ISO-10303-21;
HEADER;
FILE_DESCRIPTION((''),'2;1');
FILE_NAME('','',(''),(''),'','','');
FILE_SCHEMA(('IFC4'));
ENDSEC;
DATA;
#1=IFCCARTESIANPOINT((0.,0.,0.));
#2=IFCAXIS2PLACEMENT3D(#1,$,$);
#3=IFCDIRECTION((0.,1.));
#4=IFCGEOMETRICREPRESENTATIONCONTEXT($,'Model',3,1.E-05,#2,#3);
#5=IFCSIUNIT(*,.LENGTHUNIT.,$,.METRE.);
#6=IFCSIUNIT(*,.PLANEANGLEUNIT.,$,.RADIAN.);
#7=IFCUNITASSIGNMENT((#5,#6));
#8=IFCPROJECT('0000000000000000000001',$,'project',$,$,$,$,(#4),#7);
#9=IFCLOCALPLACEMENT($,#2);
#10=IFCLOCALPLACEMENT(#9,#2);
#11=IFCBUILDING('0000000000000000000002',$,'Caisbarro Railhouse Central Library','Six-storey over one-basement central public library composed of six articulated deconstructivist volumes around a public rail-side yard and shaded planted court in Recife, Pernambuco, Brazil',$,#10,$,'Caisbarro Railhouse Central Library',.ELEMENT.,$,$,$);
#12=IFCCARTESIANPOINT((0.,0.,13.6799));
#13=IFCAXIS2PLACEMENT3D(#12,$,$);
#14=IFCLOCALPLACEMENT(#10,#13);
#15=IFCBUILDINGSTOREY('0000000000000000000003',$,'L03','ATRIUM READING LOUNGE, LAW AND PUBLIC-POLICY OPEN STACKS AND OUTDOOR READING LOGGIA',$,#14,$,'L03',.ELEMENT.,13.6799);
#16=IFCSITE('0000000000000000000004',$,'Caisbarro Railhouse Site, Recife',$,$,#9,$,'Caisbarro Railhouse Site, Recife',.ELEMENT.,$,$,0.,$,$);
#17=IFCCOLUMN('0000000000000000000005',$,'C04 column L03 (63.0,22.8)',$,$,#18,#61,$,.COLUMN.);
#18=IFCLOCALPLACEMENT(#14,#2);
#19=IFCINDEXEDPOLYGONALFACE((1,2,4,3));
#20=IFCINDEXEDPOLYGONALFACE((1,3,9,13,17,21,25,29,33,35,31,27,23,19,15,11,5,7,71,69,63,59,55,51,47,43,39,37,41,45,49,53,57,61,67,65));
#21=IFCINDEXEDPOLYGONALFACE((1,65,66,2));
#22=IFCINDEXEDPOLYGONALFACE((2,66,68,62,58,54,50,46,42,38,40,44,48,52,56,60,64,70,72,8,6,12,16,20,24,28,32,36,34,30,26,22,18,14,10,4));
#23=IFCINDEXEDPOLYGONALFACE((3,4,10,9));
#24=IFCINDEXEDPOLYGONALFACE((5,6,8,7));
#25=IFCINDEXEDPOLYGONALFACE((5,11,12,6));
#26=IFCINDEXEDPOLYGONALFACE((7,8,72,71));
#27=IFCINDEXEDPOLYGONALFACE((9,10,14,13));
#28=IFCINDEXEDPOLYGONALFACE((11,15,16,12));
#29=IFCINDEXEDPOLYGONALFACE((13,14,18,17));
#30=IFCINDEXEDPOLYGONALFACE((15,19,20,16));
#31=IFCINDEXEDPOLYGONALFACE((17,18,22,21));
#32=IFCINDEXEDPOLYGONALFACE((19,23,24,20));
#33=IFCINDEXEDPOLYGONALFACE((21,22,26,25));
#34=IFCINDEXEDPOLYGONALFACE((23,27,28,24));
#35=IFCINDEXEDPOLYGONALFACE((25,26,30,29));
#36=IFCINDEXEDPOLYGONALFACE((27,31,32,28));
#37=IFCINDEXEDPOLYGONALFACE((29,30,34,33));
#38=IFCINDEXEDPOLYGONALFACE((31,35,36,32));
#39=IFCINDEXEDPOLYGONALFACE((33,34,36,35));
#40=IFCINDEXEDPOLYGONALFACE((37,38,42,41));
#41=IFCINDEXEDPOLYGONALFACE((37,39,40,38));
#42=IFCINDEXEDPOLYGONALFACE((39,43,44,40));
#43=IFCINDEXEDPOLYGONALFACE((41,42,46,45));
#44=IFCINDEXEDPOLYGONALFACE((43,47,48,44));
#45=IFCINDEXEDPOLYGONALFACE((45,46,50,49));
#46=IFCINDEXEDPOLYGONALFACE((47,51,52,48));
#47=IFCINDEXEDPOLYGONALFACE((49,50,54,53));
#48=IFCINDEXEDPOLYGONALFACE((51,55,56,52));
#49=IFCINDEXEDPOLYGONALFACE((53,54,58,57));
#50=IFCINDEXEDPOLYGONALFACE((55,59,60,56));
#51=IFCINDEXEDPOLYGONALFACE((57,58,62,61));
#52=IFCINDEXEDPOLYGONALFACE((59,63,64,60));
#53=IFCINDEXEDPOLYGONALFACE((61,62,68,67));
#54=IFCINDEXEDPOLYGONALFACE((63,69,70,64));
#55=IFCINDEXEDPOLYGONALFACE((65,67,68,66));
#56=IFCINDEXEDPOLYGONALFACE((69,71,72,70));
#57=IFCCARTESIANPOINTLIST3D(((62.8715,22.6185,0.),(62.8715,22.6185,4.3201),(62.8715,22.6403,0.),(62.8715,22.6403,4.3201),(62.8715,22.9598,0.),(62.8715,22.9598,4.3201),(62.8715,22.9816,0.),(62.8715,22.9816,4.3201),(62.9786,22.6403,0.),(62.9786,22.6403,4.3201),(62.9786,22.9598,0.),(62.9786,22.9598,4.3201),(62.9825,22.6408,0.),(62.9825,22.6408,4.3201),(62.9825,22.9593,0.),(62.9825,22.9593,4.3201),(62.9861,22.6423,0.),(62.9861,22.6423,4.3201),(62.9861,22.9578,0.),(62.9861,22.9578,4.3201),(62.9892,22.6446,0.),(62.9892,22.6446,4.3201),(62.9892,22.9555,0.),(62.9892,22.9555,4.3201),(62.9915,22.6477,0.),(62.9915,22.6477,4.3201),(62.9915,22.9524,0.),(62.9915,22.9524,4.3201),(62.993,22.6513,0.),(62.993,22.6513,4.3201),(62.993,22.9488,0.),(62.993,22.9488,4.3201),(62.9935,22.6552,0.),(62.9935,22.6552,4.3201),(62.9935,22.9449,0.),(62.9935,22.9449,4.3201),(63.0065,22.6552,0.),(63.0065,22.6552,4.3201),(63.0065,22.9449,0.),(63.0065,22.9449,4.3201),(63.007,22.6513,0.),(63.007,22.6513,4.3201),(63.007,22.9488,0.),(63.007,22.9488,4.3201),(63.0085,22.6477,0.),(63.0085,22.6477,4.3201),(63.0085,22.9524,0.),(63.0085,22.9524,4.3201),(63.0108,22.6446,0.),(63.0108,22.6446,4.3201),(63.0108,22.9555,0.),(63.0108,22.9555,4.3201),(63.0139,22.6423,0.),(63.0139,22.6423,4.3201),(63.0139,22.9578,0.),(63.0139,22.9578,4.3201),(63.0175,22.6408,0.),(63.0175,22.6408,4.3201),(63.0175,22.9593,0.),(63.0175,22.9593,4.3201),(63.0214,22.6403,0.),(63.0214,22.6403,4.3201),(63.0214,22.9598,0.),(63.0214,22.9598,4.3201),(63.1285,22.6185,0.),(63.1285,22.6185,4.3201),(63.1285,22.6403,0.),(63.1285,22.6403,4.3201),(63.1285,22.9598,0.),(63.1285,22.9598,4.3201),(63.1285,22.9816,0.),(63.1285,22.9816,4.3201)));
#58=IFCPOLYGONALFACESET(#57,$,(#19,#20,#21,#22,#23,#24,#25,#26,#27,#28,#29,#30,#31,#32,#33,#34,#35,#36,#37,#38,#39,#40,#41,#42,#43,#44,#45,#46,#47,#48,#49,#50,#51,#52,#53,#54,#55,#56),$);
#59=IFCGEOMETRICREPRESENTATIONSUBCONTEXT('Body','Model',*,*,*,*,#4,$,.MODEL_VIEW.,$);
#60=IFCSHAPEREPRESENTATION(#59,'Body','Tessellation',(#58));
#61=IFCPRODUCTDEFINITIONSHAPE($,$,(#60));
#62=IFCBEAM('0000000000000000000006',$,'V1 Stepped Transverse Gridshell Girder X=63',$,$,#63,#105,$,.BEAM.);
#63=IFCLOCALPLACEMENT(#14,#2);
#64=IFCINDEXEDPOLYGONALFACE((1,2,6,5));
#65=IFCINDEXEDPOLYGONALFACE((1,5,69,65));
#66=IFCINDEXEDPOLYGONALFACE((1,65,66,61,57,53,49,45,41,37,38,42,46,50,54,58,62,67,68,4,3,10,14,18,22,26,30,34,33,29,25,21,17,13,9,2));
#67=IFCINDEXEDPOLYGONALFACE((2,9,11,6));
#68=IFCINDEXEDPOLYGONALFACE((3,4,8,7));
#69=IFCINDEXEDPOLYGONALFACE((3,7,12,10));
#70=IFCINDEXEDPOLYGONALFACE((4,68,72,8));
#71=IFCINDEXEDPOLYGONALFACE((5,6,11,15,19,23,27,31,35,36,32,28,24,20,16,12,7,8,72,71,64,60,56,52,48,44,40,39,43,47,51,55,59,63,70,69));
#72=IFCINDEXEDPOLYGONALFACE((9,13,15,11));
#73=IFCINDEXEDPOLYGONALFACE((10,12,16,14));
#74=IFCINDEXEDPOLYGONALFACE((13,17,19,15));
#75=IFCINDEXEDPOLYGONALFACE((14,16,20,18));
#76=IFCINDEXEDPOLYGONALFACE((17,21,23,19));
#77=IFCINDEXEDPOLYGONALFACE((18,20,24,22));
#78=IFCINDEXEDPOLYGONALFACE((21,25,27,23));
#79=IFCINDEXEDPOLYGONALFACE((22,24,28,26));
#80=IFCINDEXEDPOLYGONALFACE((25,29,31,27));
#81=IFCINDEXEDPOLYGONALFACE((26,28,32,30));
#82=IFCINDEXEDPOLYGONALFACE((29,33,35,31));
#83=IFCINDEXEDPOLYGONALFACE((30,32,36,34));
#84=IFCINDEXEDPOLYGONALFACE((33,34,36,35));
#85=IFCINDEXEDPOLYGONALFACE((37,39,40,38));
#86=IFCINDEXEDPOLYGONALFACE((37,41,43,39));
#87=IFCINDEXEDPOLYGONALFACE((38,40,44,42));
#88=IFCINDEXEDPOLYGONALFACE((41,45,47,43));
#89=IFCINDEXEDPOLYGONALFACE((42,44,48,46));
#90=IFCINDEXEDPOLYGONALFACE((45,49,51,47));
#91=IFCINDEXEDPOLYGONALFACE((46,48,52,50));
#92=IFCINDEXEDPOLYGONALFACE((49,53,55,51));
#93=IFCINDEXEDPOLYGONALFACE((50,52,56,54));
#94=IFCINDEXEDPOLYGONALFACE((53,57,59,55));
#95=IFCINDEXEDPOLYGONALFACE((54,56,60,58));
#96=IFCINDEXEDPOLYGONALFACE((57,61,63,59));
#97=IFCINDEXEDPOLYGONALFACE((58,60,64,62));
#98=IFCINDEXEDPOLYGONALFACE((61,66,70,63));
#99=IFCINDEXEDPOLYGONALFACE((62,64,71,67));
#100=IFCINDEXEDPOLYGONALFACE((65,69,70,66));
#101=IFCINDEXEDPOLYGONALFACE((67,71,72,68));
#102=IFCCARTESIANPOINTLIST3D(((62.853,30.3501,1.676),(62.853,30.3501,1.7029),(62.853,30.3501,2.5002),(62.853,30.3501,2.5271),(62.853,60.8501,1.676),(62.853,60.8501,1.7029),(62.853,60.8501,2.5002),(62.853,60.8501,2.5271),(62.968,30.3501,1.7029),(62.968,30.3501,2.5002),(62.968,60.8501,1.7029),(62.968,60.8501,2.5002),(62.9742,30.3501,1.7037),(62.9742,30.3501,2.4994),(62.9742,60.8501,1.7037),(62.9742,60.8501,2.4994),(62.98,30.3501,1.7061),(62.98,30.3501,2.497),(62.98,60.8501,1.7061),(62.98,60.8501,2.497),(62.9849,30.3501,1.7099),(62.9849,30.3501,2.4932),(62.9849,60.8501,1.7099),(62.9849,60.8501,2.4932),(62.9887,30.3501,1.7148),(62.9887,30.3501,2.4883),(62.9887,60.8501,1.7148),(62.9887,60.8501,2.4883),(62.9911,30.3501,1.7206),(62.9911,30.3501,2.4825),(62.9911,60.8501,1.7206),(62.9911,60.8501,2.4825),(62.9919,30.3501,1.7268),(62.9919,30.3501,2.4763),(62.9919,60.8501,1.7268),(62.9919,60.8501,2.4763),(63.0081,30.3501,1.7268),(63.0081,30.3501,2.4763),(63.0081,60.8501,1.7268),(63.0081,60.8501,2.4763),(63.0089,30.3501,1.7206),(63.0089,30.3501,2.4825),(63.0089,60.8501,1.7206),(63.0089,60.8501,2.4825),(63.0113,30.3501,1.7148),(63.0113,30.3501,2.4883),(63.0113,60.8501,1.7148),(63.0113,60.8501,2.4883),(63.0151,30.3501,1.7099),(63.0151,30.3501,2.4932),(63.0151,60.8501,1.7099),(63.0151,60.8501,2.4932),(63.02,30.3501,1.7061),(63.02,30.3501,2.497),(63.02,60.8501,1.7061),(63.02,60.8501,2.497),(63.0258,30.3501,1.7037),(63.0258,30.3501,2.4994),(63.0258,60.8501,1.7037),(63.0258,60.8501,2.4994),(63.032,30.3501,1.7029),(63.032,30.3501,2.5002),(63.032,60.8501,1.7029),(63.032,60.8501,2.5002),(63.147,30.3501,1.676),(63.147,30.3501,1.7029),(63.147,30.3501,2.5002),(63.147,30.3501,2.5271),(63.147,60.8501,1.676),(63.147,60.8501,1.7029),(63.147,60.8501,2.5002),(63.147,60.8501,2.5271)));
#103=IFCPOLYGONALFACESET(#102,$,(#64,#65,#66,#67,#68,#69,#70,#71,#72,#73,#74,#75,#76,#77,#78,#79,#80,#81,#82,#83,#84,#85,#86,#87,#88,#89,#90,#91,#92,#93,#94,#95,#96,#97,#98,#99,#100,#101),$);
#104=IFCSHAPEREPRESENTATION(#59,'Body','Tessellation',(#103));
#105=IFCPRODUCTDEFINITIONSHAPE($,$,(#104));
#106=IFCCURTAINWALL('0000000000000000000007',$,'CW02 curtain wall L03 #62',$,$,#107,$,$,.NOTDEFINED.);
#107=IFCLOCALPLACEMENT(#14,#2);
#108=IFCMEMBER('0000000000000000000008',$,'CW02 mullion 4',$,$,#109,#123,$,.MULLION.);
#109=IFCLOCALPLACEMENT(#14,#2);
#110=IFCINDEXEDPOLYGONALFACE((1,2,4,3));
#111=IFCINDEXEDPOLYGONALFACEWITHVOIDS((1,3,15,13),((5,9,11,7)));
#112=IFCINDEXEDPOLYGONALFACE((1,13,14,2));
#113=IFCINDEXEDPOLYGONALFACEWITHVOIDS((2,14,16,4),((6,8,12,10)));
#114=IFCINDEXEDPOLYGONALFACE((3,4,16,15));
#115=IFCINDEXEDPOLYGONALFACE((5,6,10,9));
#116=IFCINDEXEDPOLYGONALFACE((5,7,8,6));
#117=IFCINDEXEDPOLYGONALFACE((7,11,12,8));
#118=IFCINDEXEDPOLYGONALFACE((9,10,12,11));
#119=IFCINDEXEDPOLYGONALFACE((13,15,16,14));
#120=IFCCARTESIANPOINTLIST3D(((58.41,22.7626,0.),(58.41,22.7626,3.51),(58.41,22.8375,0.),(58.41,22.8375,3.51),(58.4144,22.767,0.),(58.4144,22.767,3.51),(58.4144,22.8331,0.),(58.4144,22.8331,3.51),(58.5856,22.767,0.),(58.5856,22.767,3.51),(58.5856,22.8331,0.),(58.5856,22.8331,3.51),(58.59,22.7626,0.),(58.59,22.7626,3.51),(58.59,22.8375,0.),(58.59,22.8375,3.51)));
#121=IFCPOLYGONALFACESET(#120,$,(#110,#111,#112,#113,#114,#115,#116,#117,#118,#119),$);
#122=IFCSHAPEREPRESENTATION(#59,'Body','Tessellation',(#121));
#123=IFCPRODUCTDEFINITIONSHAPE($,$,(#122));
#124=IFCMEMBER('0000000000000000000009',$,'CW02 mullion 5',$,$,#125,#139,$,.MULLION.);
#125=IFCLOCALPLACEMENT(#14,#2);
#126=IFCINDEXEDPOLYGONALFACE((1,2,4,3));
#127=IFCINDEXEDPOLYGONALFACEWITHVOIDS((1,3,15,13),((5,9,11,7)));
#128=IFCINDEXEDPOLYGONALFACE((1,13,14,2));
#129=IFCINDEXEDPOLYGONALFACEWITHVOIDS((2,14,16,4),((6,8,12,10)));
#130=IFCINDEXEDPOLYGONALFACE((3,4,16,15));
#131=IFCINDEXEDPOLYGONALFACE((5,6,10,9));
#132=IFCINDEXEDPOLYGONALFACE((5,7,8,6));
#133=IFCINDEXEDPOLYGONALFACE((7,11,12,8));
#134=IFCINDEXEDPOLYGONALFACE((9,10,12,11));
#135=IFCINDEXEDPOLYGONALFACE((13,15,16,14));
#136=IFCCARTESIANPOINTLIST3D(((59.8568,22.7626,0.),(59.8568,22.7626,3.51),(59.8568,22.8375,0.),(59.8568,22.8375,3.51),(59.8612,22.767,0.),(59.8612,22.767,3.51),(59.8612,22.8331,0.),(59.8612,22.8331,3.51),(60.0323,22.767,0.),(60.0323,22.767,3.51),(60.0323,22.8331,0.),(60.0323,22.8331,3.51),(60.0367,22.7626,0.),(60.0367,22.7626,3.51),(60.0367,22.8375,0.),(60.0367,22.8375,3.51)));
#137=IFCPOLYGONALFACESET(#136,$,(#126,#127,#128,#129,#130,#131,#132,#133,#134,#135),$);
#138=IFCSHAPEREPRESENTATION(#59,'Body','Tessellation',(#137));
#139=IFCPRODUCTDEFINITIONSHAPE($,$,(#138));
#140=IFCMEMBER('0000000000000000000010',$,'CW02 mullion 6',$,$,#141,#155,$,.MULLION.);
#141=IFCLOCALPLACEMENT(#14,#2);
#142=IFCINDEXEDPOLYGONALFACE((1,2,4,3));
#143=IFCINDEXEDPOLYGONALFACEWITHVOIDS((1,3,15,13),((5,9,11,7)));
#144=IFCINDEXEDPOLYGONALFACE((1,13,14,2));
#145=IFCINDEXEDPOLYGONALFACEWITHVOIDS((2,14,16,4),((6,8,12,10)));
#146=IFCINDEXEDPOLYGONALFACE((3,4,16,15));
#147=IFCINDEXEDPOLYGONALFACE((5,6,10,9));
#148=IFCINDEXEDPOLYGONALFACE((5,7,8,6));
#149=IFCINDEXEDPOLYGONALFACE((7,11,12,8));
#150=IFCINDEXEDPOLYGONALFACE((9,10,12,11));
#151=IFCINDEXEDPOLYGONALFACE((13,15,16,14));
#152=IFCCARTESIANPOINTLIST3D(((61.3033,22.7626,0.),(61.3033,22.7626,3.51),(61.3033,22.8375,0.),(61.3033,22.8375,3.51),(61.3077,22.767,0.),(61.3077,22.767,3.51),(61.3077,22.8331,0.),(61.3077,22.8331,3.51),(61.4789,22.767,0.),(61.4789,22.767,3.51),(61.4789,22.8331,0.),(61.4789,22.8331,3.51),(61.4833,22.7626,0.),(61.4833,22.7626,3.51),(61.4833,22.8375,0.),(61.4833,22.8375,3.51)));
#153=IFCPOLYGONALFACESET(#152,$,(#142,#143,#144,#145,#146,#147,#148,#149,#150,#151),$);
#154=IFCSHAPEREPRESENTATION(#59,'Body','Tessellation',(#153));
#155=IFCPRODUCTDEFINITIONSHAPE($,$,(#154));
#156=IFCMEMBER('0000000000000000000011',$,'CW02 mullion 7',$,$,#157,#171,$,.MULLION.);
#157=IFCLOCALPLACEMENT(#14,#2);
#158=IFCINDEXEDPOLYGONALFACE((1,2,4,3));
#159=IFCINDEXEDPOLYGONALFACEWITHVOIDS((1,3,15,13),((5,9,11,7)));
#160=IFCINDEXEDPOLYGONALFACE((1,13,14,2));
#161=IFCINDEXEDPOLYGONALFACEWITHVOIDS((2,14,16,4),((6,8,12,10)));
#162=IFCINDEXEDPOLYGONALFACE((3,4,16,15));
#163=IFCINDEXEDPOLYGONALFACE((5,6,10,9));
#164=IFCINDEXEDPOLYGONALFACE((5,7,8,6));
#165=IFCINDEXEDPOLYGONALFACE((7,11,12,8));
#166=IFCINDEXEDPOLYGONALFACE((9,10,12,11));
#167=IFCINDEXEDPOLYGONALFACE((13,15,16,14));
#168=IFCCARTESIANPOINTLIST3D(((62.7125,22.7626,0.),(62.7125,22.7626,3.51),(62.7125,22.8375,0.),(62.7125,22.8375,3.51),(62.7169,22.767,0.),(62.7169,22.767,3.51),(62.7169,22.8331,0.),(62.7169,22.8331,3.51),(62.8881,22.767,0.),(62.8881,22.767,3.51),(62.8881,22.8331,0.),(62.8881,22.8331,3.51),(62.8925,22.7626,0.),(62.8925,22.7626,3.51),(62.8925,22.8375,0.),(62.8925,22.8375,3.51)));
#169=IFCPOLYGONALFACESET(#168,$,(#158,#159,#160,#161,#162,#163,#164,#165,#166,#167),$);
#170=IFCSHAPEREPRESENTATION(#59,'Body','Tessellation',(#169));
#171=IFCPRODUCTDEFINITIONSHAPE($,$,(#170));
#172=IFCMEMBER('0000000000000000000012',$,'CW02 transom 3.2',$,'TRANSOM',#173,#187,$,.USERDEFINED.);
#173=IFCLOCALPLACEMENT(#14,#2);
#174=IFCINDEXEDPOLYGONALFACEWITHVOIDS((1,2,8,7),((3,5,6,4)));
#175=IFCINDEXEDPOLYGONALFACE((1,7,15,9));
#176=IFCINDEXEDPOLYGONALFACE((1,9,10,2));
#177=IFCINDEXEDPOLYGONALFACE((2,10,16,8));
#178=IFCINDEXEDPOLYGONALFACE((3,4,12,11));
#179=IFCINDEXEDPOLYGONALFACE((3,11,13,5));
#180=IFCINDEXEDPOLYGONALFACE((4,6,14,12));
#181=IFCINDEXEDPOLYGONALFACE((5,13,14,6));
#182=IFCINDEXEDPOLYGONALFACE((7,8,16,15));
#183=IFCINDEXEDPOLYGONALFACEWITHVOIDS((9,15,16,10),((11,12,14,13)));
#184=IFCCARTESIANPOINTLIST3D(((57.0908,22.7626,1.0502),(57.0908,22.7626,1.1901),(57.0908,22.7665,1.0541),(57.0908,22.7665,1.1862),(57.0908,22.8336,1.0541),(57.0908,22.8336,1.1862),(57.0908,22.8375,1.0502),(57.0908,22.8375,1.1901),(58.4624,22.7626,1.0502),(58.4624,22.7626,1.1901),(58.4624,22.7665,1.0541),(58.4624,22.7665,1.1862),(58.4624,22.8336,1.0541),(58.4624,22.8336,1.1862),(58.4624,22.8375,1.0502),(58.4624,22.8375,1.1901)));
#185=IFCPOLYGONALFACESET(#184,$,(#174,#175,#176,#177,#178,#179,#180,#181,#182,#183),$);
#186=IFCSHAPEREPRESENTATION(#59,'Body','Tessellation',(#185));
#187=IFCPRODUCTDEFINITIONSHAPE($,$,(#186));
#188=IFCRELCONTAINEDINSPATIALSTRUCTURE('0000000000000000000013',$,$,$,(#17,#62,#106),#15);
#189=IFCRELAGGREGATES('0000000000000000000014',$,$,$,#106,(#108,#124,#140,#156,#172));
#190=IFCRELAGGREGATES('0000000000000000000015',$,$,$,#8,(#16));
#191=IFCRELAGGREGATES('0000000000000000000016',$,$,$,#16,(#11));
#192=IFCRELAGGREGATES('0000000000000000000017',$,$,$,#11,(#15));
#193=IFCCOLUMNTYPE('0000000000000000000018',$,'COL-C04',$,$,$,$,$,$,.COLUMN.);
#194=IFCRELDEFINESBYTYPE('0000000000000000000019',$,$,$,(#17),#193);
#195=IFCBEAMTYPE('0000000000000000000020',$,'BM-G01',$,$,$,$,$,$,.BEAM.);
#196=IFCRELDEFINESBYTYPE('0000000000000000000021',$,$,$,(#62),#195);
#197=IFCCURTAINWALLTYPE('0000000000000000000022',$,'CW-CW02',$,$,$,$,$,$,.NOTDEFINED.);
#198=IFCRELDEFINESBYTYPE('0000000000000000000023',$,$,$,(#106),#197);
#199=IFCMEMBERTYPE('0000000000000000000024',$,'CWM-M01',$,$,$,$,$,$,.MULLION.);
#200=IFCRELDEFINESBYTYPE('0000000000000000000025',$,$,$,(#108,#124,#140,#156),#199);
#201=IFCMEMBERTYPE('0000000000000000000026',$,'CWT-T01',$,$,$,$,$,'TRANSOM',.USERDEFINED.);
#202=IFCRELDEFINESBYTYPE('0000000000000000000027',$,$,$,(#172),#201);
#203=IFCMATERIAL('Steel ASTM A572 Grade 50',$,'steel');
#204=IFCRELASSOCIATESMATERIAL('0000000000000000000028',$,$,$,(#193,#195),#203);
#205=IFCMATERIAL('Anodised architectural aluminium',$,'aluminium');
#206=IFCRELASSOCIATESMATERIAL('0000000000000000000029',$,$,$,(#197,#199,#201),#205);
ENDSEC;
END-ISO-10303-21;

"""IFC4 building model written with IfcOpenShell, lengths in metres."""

from ifc_helpers import new_model, si_unit, direction, frame, origin, origin_2d, place, context, subcontext, project, spatial, hollow_rectangle, i_section, extrude, material, material_profile, profile_set, type_object, element, aggregate, save


model = new_model("IFC4")

# Units and contexts
model_context = context("Model", 3, precision=1e-05, world=origin(), true_north=direction((0.0, 1.0)))
body_context = subcontext(model_context, "Body", "Model", "MODEL_VIEW")
ifc_project = project(units=[si_unit("LENGTHUNIT", "METRE"), si_unit("PLANEANGLEUNIT", "RADIAN")], contexts=[model_context])

# Site, building, storey
site_placement = place(None, origin())
site = spatial("IfcSite", under=ifc_project, at=site_placement, Name="Caisbarro Railhouse Site, Recife", LongName="Caisbarro Railhouse Site, Recife", CompositionType="ELEMENT", RefElevation=0.0)
building_placement = place(site_placement, origin())
building = spatial("IfcBuilding", under=site, at=building_placement, Name="Caisbarro Railhouse Central Library", Description="Six-storey over one-basement central public library composed of six articulated deconstructivist volumes around a public rail-side yard and shaded planted court in Recife, Pernambuco, Brazil", LongName="Caisbarro Railhouse Central Library", CompositionType="ELEMENT")
storey_placement = place(building_placement, frame((0.0, 0.0, 13.6799)))
storey = spatial("IfcBuildingStorey", under=building, at=storey_placement, Name="L03", Description="ATRIUM READING LOUNGE, LAW AND PUBLIC-POLICY OPEN STACKS AND OUTDOOR READING LOGGIA", LongName="L03", CompositionType="ELEMENT", Elevation=13.6799)

# Column
ifc_material_1 = material(Name="Steel ASTM A572 Grade 50", Category="steel")
ifc_material_profile_1 = material_profile(ifc_material_1, i_section(OverallWidth=0.2571, OverallDepth=0.363, WebThickness=0.0129, FlangeThickness=0.0217, FilletRadius=0.0149, at=origin_2d()), Name="W360X122.0")
ifc_profile_set_1 = profile_set([ifc_material_profile_1], Name="Steel ASTM A572 Grade 50")
column_type = type_object("IfcColumnType", Name="COL-C04", PredefinedType="COLUMN", material=ifc_profile_set_1)
column_placement = place(storey_placement, frame((63.0, 22.8, 0.0), z_axis=(0.0, 0.0, 1.0), x_axis=(1.0, 0.0, 0.0)))
element("IfcColumn", 1, at=column_placement, inside=storey, type_object=column_type, Name="C04 column L03 (63.0,22.8)", PredefinedType="COLUMN", context=body_context, shape_type="SweptSolid", body=[
    extrude(i_section(OverallWidth=0.2571, OverallDepth=0.363, WebThickness=0.0129, FlangeThickness=0.0217, FilletRadius=0.0149, at=origin_2d()), origin(), (0.0, 0.0, 1.0), 4.3201),
])

# Beam
ifc_material_profile_2 = material_profile(ifc_material_1, i_section(OverallWidth=0.2939, OverallDepth=0.8511, WebThickness=0.0161, FlangeThickness=0.0269, FilletRadius=0.0239, at=origin_2d()), Name="W840X226.0")
ifc_profile_set_2 = profile_set([ifc_material_profile_2], Name="Steel ASTM A572 Grade 50")
beam_type = type_object("IfcBeamType", Name="BM-G01", PredefinedType="BEAM", material=ifc_profile_set_2)
beam_placement = place(storey_placement, frame((63.0, 30.3501, 2.1016), z_axis=(0.0, 1.0, 0.0), x_axis=(-1.0, 0.0, 0.0)))
element("IfcBeam", 2, at=beam_placement, inside=storey, type_object=beam_type, Name="V1 Stepped Transverse Gridshell Girder X=63", PredefinedType="BEAM", context=body_context, shape_type="SweptSolid", body=[
    extrude(i_section(OverallWidth=0.2939, OverallDepth=0.8511, WebThickness=0.0161, FlangeThickness=0.0269, FilletRadius=0.0239, at=origin_2d()), origin(), (0.0, 0.0, 1.0), 30.5),
])

# Curtain wall, members
ifc_material_2 = material(Name="Anodised architectural aluminium", Category="aluminium")
curtain_wall_type = type_object("IfcCurtainWallType", Name="CW-CW02", PredefinedType="NOTDEFINED", material=ifc_material_2)
curtain_wall_placement = place(storey_placement, origin())
curtain_wall = element("IfcCurtainWall", 3, at=curtain_wall_placement, inside=storey, type_object=curtain_wall_type, Name="CW02 curtain wall L03 #62", PredefinedType="NOTDEFINED")
ifc_material_profile_3 = material_profile(ifc_material_2, hollow_rectangle(XDim=0.075, YDim=0.1799, WallThickness=0.0044, at=origin_2d()), Name="ALU-MUL-75X180")
ifc_profile_set_3 = profile_set([ifc_material_profile_3], Name="Anodised architectural aluminium")
member_type_1 = type_object("IfcMemberType", Name="CWM-M01", PredefinedType="MULLION", material=ifc_profile_set_3)
member_1_placement = place(storey_placement, frame((58.5, 22.8, 0.0), z_axis=(0.0, 0.0, 1.0), x_axis=(0.0, 1.0, 0.0)))
member_1 = element("IfcMember", 4, at=member_1_placement, type_object=member_type_1, Name="CW02 mullion 4", PredefinedType="MULLION", context=body_context, shape_type="SweptSolid", body=[
    extrude(hollow_rectangle(XDim=0.075, YDim=0.1799, WallThickness=0.0044, at=origin_2d()), origin(), (0.0, 0.0, 1.0), 3.51),
])
member_2_placement = place(storey_placement, frame((59.9468, 22.8, 0.0), z_axis=(0.0, 0.0, 1.0), x_axis=(0.0, 1.0, 0.0)))
member_2 = element("IfcMember", 5, at=member_2_placement, type_object=member_type_1, Name="CW02 mullion 5", PredefinedType="MULLION", context=body_context, shape_type="SweptSolid", body=[
    extrude(hollow_rectangle(XDim=0.075, YDim=0.1799, WallThickness=0.0044, at=origin_2d()), origin(), (0.0, 0.0, 1.0), 3.51),
])
member_3_placement = place(storey_placement, frame((61.3933, 22.8, 0.0), z_axis=(0.0, 0.0, 1.0), x_axis=(0.0, 1.0, 0.0)))
member_3 = element("IfcMember", 6, at=member_3_placement, type_object=member_type_1, Name="CW02 mullion 6", PredefinedType="MULLION", context=body_context, shape_type="SweptSolid", body=[
    extrude(hollow_rectangle(XDim=0.075, YDim=0.1799, WallThickness=0.0044, at=origin_2d()), origin(), (0.0, 0.0, 1.0), 3.51),
])
member_4_placement = place(storey_placement, frame((62.8025, 22.8, 0.0), z_axis=(0.0, 0.0, 1.0), x_axis=(0.0, 1.0, 0.0)))
member_4 = element("IfcMember", 7, at=member_4_placement, type_object=member_type_1, Name="CW02 mullion 7", PredefinedType="MULLION", context=body_context, shape_type="SweptSolid", body=[
    extrude(hollow_rectangle(XDim=0.075, YDim=0.1799, WallThickness=0.0044, at=origin_2d()), origin(), (0.0, 0.0, 1.0), 3.51),
])
ifc_material_profile_4 = material_profile(ifc_material_2, hollow_rectangle(XDim=0.075, YDim=0.1399, WallThickness=0.0039, at=origin_2d()), Name="ALU-TRN-75X140")
ifc_profile_set_4 = profile_set([ifc_material_profile_4], Name="Anodised architectural aluminium")
member_type_2 = type_object("IfcMemberType", Name="CWT-T01", ElementType="TRANSOM", PredefinedType="USERDEFINED", material=ifc_profile_set_4)
member_5_placement = place(storey_placement, frame((57.0908, 22.8, 1.1201), z_axis=(1.0, 0.0, 0.0), x_axis=(0.0, 1.0, 0.0)))
member_5 = element("IfcMember", 8, at=member_5_placement, type_object=member_type_2, Name="CW02 transom 3.2", ObjectType="TRANSOM", PredefinedType="USERDEFINED", context=body_context, shape_type="SweptSolid", body=[
    extrude(hollow_rectangle(XDim=0.075, YDim=0.1399, WallThickness=0.0039, at=origin_2d()), origin(), (0.0, 0.0, 1.0), 1.3716),
])
aggregate(curtain_wall, [member_1, member_2, member_3, member_4, member_5])

save(model, "model.ifc")
